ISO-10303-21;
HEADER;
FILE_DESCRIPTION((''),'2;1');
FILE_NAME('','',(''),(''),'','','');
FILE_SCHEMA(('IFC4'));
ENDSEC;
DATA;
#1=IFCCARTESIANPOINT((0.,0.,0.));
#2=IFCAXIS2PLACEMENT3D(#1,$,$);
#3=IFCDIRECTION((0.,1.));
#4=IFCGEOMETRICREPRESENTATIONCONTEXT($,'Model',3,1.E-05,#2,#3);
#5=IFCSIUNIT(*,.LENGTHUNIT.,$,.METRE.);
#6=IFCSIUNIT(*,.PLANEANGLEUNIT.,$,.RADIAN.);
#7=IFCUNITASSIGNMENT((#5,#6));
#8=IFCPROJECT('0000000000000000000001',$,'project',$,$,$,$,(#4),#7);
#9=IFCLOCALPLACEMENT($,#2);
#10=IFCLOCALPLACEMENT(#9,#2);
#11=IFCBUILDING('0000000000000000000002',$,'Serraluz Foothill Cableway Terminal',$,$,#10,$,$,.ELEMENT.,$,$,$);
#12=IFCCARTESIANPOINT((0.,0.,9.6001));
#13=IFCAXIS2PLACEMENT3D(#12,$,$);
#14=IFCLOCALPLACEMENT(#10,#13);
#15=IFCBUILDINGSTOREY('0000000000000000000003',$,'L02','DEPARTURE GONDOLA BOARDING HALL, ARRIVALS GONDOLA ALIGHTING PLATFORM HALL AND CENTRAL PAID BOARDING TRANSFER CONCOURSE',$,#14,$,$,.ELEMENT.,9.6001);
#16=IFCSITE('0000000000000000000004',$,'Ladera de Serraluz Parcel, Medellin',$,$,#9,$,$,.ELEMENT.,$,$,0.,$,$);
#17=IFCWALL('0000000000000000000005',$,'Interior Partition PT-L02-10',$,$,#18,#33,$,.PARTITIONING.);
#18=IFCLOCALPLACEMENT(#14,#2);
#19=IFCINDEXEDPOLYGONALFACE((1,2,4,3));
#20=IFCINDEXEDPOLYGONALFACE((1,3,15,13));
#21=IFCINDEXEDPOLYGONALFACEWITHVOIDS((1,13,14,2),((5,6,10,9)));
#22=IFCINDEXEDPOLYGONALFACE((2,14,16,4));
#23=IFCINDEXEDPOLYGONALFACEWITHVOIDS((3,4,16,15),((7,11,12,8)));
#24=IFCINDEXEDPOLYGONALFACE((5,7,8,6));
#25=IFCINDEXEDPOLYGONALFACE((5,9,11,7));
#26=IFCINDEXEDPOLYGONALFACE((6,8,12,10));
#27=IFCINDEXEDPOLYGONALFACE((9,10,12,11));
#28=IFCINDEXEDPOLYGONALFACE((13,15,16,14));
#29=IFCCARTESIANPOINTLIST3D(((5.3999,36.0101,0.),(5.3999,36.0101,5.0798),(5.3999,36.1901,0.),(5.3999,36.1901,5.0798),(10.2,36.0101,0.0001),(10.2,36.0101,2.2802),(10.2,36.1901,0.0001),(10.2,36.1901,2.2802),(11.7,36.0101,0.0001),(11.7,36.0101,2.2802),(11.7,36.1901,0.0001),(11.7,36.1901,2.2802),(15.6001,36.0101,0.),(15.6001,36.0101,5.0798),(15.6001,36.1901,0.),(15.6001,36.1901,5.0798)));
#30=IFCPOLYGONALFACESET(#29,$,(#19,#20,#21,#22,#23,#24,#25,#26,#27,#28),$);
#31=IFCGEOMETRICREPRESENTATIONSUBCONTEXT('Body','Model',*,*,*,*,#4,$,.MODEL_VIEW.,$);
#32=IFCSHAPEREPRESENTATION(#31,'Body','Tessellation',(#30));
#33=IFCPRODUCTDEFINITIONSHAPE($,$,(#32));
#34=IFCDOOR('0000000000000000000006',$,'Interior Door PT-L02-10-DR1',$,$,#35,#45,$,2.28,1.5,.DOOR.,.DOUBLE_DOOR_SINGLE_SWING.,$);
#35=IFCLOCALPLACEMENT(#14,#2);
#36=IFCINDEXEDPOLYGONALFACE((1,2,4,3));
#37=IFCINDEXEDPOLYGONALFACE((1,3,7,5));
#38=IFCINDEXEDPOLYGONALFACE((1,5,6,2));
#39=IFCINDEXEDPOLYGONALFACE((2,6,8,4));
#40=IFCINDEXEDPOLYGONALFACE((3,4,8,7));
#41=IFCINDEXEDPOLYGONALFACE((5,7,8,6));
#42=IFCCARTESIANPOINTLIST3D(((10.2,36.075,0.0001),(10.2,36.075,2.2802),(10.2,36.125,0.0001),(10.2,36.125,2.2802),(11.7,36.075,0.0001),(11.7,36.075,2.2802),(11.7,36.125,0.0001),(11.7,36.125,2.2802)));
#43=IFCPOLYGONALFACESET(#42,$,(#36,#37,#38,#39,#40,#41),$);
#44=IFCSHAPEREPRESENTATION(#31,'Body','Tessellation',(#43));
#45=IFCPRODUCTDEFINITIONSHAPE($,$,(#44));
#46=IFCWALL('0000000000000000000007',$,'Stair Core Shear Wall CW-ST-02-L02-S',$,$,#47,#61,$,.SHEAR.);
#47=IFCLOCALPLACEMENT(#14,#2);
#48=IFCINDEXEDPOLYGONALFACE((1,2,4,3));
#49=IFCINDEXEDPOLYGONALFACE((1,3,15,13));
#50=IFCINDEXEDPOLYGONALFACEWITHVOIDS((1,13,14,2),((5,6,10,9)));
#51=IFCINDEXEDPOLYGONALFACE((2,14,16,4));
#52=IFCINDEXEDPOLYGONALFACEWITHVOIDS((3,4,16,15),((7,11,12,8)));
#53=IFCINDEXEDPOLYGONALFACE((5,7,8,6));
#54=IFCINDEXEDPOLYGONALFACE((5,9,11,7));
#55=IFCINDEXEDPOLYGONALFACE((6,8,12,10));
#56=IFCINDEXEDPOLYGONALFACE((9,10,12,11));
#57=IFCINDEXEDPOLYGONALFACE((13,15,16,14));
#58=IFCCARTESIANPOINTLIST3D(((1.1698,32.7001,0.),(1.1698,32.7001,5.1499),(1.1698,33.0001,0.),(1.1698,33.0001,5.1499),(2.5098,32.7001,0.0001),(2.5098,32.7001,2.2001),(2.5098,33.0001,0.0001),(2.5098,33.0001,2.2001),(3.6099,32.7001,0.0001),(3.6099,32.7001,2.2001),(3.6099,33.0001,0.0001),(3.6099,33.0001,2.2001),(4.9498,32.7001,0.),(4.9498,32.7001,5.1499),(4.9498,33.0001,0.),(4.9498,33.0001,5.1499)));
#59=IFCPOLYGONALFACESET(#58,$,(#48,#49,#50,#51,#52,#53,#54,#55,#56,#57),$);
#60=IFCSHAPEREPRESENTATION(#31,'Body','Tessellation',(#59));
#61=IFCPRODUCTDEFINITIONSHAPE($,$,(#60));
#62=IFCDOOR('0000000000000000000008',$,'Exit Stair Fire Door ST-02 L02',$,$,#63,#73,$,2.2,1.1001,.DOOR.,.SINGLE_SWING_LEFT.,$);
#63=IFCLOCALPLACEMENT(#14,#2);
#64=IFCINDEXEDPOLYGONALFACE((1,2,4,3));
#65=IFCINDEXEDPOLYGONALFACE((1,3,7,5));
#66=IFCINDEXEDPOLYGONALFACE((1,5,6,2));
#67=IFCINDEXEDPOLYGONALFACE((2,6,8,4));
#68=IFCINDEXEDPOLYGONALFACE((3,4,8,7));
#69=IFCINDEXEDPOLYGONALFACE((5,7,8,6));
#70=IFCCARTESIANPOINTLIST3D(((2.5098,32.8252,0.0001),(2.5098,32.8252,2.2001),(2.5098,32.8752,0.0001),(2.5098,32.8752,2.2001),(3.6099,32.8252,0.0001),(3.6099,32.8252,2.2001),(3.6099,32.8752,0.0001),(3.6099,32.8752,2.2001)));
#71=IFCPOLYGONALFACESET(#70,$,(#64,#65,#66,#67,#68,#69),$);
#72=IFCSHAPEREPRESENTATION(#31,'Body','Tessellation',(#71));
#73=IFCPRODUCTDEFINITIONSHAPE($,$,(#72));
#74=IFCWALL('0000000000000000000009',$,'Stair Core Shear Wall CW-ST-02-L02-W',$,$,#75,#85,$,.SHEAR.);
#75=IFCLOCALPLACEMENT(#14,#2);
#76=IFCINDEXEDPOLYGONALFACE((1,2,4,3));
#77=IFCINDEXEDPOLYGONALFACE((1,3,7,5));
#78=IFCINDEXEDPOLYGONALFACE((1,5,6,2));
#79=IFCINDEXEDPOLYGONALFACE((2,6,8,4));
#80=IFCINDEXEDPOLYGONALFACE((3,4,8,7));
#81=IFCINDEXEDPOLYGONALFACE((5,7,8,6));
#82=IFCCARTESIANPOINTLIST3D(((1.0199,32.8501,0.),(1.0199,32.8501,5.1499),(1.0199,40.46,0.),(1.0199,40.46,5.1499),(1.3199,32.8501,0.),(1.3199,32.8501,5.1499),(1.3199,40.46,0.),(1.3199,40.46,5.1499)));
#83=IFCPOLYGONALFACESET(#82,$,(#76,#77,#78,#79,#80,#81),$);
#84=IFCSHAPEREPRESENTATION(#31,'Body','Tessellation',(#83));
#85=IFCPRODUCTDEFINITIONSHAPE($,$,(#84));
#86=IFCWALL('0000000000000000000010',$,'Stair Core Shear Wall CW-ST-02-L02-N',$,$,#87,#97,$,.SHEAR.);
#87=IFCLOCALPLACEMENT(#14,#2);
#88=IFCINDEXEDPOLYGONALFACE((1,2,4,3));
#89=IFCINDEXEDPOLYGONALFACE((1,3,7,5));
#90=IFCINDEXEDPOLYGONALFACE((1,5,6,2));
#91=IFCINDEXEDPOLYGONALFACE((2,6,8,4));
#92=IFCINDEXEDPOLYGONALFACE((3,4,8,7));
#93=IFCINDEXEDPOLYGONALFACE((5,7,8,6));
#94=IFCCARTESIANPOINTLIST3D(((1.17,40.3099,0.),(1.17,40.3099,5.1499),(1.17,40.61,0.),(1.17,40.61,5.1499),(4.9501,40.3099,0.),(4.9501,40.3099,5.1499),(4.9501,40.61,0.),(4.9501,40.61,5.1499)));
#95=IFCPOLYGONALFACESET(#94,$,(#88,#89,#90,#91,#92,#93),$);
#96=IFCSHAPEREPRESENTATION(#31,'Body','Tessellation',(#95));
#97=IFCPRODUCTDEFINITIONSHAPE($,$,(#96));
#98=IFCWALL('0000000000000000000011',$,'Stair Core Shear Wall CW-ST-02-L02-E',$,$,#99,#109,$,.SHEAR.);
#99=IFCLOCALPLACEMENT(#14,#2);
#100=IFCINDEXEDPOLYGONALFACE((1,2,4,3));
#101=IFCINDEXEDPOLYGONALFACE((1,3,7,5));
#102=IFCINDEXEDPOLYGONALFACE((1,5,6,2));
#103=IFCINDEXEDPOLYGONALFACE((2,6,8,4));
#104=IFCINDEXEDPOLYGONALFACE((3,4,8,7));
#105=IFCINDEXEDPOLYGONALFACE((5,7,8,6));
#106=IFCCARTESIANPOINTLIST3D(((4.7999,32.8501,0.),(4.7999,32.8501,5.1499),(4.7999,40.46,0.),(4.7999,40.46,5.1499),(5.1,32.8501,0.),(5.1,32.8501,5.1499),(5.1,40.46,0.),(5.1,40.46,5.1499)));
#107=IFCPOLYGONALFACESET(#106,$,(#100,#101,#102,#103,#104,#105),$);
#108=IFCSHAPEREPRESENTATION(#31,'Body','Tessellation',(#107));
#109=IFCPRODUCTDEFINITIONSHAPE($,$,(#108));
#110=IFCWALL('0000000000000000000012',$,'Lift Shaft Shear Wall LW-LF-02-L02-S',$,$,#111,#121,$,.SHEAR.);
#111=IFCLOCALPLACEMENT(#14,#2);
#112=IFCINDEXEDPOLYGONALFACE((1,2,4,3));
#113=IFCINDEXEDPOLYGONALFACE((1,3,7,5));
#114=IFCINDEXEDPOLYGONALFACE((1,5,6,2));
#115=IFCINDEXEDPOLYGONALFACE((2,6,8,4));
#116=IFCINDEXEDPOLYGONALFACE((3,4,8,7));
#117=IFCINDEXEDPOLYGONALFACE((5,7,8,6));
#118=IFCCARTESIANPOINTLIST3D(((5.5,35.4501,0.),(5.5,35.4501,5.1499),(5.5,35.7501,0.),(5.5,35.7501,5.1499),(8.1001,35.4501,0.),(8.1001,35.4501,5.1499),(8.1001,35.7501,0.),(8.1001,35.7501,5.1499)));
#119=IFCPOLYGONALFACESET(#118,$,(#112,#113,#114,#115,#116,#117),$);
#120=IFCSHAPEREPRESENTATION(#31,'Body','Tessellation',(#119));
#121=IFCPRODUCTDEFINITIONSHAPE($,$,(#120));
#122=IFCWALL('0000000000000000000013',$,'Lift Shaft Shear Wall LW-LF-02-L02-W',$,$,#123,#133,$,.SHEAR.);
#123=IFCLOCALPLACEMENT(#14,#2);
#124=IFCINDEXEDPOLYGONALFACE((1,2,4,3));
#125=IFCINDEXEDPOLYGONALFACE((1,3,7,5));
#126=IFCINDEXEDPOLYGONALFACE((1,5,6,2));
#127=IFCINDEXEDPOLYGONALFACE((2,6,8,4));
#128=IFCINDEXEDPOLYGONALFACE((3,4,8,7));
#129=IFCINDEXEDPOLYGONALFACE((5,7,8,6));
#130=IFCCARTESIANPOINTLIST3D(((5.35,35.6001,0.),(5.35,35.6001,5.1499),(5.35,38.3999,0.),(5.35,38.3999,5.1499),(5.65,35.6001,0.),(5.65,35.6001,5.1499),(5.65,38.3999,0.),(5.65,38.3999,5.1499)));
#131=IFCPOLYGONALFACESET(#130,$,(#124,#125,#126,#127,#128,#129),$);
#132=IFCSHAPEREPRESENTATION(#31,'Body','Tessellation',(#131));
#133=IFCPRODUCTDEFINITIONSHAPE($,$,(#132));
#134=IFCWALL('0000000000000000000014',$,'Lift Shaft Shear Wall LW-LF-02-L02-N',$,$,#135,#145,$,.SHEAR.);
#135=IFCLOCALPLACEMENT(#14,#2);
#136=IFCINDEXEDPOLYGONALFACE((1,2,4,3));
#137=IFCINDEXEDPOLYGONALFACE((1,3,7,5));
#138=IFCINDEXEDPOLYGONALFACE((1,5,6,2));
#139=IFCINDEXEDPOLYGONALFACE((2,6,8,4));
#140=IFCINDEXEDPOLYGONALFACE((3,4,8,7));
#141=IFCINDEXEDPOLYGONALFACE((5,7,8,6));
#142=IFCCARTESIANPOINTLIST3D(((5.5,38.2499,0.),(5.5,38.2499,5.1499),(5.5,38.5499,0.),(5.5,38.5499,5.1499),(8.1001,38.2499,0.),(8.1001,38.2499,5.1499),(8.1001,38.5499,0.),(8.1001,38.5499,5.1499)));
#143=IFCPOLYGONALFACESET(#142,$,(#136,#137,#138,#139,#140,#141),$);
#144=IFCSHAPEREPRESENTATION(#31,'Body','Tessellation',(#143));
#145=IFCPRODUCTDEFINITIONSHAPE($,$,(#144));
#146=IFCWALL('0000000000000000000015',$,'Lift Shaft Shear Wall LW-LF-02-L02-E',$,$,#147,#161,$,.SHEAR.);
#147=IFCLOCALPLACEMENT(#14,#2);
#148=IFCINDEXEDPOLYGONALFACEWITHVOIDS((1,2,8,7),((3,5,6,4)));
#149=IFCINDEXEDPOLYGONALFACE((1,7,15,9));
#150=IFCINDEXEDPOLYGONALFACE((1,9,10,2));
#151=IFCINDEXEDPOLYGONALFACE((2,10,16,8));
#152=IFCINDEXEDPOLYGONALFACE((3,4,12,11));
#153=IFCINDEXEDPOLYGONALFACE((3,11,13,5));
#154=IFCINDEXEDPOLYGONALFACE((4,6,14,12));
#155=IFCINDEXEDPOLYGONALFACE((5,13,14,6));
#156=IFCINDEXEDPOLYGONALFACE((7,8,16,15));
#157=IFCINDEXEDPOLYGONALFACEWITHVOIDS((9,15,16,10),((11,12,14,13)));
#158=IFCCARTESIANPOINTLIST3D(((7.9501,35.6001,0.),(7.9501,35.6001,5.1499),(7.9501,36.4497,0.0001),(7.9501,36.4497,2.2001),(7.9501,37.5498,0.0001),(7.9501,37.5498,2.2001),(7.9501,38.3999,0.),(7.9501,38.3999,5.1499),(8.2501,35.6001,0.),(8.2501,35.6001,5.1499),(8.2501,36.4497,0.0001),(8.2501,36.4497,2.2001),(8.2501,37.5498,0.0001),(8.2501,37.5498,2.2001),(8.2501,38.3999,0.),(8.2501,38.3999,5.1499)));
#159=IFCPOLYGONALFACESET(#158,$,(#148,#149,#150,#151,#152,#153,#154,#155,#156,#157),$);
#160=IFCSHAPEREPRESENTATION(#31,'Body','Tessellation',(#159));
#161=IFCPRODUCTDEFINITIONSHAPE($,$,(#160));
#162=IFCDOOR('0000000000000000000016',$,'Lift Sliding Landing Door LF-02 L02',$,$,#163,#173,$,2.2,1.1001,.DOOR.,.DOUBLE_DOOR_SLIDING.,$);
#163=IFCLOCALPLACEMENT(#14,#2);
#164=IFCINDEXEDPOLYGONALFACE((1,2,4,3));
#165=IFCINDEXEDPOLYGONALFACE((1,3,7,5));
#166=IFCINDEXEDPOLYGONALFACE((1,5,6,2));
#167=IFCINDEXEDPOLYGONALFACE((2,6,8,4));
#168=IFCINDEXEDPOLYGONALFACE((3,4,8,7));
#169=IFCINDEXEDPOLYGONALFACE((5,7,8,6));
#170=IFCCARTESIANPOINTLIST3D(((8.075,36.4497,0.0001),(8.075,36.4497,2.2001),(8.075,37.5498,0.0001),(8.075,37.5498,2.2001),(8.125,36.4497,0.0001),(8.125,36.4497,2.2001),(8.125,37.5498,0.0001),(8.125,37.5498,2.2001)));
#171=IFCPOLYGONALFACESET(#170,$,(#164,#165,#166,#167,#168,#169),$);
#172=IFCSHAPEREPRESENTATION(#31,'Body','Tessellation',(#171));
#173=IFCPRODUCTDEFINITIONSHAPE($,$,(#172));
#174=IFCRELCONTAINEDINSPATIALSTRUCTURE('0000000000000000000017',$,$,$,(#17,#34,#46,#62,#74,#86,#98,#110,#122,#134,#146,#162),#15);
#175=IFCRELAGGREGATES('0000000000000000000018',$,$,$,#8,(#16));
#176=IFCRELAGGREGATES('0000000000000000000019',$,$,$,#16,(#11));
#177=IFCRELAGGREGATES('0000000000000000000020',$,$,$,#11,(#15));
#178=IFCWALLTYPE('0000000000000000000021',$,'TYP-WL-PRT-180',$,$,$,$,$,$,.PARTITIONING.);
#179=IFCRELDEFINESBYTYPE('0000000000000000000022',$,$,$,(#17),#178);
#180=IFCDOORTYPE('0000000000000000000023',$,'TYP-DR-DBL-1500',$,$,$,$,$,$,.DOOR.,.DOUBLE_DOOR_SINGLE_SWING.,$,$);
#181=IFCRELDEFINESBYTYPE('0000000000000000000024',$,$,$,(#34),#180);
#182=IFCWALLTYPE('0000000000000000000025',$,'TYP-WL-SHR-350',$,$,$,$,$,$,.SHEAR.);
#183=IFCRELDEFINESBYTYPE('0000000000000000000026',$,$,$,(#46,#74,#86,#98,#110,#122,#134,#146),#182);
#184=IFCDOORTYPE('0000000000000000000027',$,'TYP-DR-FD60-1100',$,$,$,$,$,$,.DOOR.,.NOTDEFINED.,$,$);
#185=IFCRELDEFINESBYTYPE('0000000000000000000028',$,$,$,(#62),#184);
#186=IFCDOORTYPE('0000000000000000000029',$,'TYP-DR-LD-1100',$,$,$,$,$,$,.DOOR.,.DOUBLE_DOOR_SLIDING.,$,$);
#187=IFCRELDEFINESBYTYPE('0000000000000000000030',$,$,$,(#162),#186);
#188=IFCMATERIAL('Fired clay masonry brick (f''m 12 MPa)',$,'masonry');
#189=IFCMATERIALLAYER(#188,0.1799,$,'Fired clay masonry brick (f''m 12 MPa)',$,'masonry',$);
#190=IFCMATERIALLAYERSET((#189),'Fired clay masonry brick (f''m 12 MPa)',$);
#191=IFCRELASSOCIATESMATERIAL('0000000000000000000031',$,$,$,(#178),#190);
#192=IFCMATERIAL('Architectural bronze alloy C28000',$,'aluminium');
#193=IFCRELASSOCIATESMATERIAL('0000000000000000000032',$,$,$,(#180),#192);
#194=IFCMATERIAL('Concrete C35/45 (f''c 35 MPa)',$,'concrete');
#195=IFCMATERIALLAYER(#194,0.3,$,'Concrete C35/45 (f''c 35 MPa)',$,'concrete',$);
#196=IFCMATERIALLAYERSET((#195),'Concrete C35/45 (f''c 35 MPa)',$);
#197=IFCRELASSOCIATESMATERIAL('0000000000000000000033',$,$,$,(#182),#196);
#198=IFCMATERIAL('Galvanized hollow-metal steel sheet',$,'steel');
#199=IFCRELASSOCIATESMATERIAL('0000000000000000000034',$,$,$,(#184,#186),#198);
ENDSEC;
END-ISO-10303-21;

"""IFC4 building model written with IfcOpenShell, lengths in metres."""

from ifc_helpers import new_model, si_unit, direction, frame, frame_2d, origin, place, context, subcontext, project, spatial, rectangle, extrude, material, layer, layer_set, type_object, element, fill, save


model = new_model("IFC4")

# Units and contexts
model_context = context("Model", 3, precision=1e-05, world=origin(), true_north=direction((0.0, 1.0)))
body_context = subcontext(model_context, "Body", "Model", "MODEL_VIEW")
ifc_project = project(units=[si_unit("LENGTHUNIT", "METRE"), si_unit("PLANEANGLEUNIT", "RADIAN")], contexts=[model_context])

# Site, building, storey
site_placement = place(None, origin())
site = spatial("IfcSite", under=ifc_project, at=site_placement, Name="Ladera de Serraluz Parcel, Medellin", CompositionType="ELEMENT", RefElevation=0.0)
building_placement = place(site_placement, origin())
building = spatial("IfcBuilding", under=site, at=building_placement, Name="Serraluz Foothill Cableway Terminal", CompositionType="ELEMENT")
storey_placement = place(building_placement, frame((0.0, 0.0, 9.6001)))
storey = spatial("IfcBuildingStorey", under=building, at=storey_placement, Name="L02", Description="DEPARTURE GONDOLA BOARDING HALL, ARRIVALS GONDOLA ALIGHTING PLATFORM HALL AND CENTRAL PAID BOARDING TRANSFER CONCOURSE", CompositionType="ELEMENT", Elevation=9.6001)

# Shared definitions
ifc_material_1 = material(Name="Architectural bronze alloy C28000", Category="aluminium")

# Walls, openings, doors
ifc_material_2 = material(Name="Fired clay masonry brick (f'm 12 MPa)", Category="masonry")
ifc_layer_1 = layer(ifc_material_2, 0.1799, Name="Fired clay masonry brick (f'm 12 MPa)", Category="masonry")
ifc_layer_set_1 = layer_set([ifc_layer_1], Name="Fired clay masonry brick (f'm 12 MPa)")
wall_type_1 = type_object("IfcWallType", Name="TYP-WL-PRT-180", PredefinedType="PARTITIONING", material=ifc_layer_set_1)
wall_1_placement = place(storey_placement, frame((5.3999, 36.1001, 0.0), z_axis=(0.0, 0.0, 1.0), x_axis=(1.0, 0.0, 0.0)))
wall_1 = element("IfcWall", 1, at=wall_1_placement, inside=storey, type_object=wall_type_1, Name="Interior Partition PT-L02-10", PredefinedType="PARTITIONING", context=body_context, shape_type="SweptSolid", body=[
    extrude(rectangle(XDim=10.2002, YDim=0.1799, at=frame_2d((5.1001, 0.0))), origin(), (0.0, 0.0, 1.0), 5.0798),
])
opening_1_placement = place(wall_1_placement, frame((4.8, 0.0, 0.0)))
opening_1 = element("IfcOpeningElement", 2, at=opening_1_placement, cuts=wall_1, PredefinedType="OPENING", context=body_context, shape_type="SweptSolid", body=[
    extrude(rectangle(XDim=1.5, YDim=2.28, at=frame_2d((0.75, 1.1401))), frame((0.0, 0.1001, 0.0), z_axis=(0.0, -1.0, 0.0), x_axis=(1.0, 0.0, 0.0)), (0.0, 0.0, 1.0), 0.2),
])
door_type_1 = type_object("IfcDoorType", Name="TYP-DR-DBL-1500", OperationType="DOUBLE_DOOR_SINGLE_SWING", PredefinedType="DOOR", material=ifc_material_1)
door_1_placement = place(opening_1_placement, origin())
door_1 = element("IfcDoor", 3, at=door_1_placement, inside=storey, type_object=door_type_1, Name="Interior Door PT-L02-10-DR1", OperationType="DOUBLE_DOOR_SINGLE_SWING", OverallHeight=2.28, OverallWidth=1.5, PredefinedType="DOOR", context=body_context, shape_type="SweptSolid", body=[
    extrude(rectangle(XDim=1.5, YDim=2.28, at=frame_2d((0.75, 1.1401))), frame((0.0, 0.0249, 0.0), z_axis=(0.0, -1.0, 0.0), x_axis=(1.0, 0.0, 0.0)), (0.0, 0.0, 1.0), 0.05),
])
fill(opening_1, door_1)
ifc_material_3 = material(Name="Concrete C35/45 (f'c 35 MPa)", Category="concrete")
ifc_layer_2 = layer(ifc_material_3, 0.3, Name="Concrete C35/45 (f'c 35 MPa)", Category="concrete")
ifc_layer_set_2 = layer_set([ifc_layer_2], Name="Concrete C35/45 (f'c 35 MPa)")
wall_type_2 = type_object("IfcWallType", Name="TYP-WL-SHR-350", PredefinedType="SHEAR", material=ifc_layer_set_2)
wall_2_placement = place(storey_placement, frame((4.95, 32.8501, 0.0), z_axis=(0.0, 0.0, 1.0), x_axis=(-1.0, 0.0, 0.0)))
wall_2 = element("IfcWall", 4, at=wall_2_placement, inside=storey, type_object=wall_type_2, Name="Stair Core Shear Wall CW-ST-02-L02-S", PredefinedType="SHEAR", context=body_context, shape_type="SweptSolid", body=[
    extrude(rectangle(XDim=3.78, YDim=0.3, at=frame_2d((1.8901, 0.0))), origin(), (0.0, 0.0, 1.0), 5.1499),
])
opening_2_placement = place(wall_2_placement, frame((1.3401, 0.0, 0.0)))
opening_2 = element("IfcOpeningElement", 5, at=opening_2_placement, cuts=wall_2, PredefinedType="OPENING", context=body_context, shape_type="SweptSolid", body=[
    extrude(rectangle(XDim=1.1001, YDim=2.2, at=frame_2d((0.55, 1.1001))), frame((0.0, 0.1602, 0.0), z_axis=(0.0, -1.0, 0.0), x_axis=(1.0, 0.0, 0.0)), (0.0, 0.0, 1.0), 0.3201),
])
ifc_material_4 = material(Name="Galvanized hollow-metal steel sheet", Category="steel")
door_type_2 = type_object("IfcDoorType", Name="TYP-DR-FD60-1100", OperationType="NOTDEFINED", PredefinedType="DOOR", material=ifc_material_4)
door_2_placement = place(opening_2_placement, origin())
door_2 = element("IfcDoor", 6, at=door_2_placement, inside=storey, type_object=door_type_2, Name="Exit Stair Fire Door ST-02 L02", OperationType="SINGLE_SWING_LEFT", OverallHeight=2.2, OverallWidth=1.1001, PredefinedType="DOOR", context=body_context, shape_type="SweptSolid", body=[
    extrude(rectangle(XDim=1.1001, YDim=2.2, at=frame_2d((0.55, 1.1001))), frame((0.0, 0.0249, 0.0), z_axis=(0.0, -1.0, 0.0), x_axis=(1.0, 0.0, 0.0)), (0.0, 0.0, 1.0), 0.05),
])
fill(opening_2, door_2)

# Walls
wall_3_placement = place(storey_placement, frame((1.1699, 32.8501, 0.0), z_axis=(0.0, 0.0, 1.0), x_axis=(0.0, 1.0, 0.0)))
element("IfcWall", 7, at=wall_3_placement, inside=storey, type_object=wall_type_2, Name="Stair Core Shear Wall CW-ST-02-L02-W", PredefinedType="SHEAR", context=body_context, shape_type="SweptSolid", body=[
    extrude(rectangle(XDim=7.6099, YDim=0.3, at=frame_2d((3.8049, 0.0))), origin(), (0.0, 0.0, 1.0), 5.1499),
])
wall_4_placement = place(storey_placement, frame((1.1699, 40.46, 0.0), z_axis=(0.0, 0.0, 1.0), x_axis=(1.0, 0.0, 0.0)))
element("IfcWall", 8, at=wall_4_placement, inside=storey, type_object=wall_type_2, Name="Stair Core Shear Wall CW-ST-02-L02-N", PredefinedType="SHEAR", context=body_context, shape_type="SweptSolid", body=[
    extrude(rectangle(XDim=3.78, YDim=0.3, at=frame_2d((1.8901, 0.0))), origin(), (0.0, 0.0, 1.0), 5.1499),
])
wall_5_placement = place(storey_placement, frame((4.95, 40.46, 0.0), z_axis=(0.0, 0.0, 1.0), x_axis=(0.0, -1.0, 0.0)))
element("IfcWall", 9, at=wall_5_placement, inside=storey, type_object=wall_type_2, Name="Stair Core Shear Wall CW-ST-02-L02-E", PredefinedType="SHEAR", context=body_context, shape_type="SweptSolid", body=[
    extrude(rectangle(XDim=7.6099, YDim=0.3, at=frame_2d((3.8049, 0.0))), origin(), (0.0, 0.0, 1.0), 5.1499),
])
wall_6_placement = place(storey_placement, frame((8.1001, 35.6001, 0.0), z_axis=(0.0, 0.0, 1.0), x_axis=(-1.0, 0.0, 0.0)))
element("IfcWall", 10, at=wall_6_placement, inside=storey, type_object=wall_type_2, Name="Lift Shaft Shear Wall LW-LF-02-L02-S", PredefinedType="SHEAR", context=body_context, shape_type="SweptSolid", body=[
    extrude(rectangle(XDim=2.6001, YDim=0.3, at=frame_2d((1.3, 0.0))), origin(), (0.0, 0.0, 1.0), 5.1499),
])
wall_7_placement = place(storey_placement, frame((5.5, 35.6001, 0.0), z_axis=(0.0, 0.0, 1.0), x_axis=(0.0, 1.0, 0.0)))
element("IfcWall", 11, at=wall_7_placement, inside=storey, type_object=wall_type_2, Name="Lift Shaft Shear Wall LW-LF-02-L02-W", PredefinedType="SHEAR", context=body_context, shape_type="SweptSolid", body=[
    extrude(rectangle(XDim=2.7998, YDim=0.3, at=frame_2d((1.3999, 0.0))), origin(), (0.0, 0.0, 1.0), 5.1499),
])
wall_8_placement = place(storey_placement, frame((5.5, 38.3999, 0.0), z_axis=(0.0, 0.0, 1.0), x_axis=(1.0, 0.0, 0.0)))
element("IfcWall", 12, at=wall_8_placement, inside=storey, type_object=wall_type_2, Name="Lift Shaft Shear Wall LW-LF-02-L02-N", PredefinedType="SHEAR", context=body_context, shape_type="SweptSolid", body=[
    extrude(rectangle(XDim=2.6001, YDim=0.3, at=frame_2d((1.3, 0.0))), origin(), (0.0, 0.0, 1.0), 5.1499),
])

# Wall, opening, door
wall_9_placement = place(storey_placement, frame((8.1001, 38.3999, 0.0), z_axis=(0.0, 0.0, 1.0), x_axis=(0.0, -1.0, 0.0)))
wall_9 = element("IfcWall", 13, at=wall_9_placement, inside=storey, type_object=wall_type_2, Name="Lift Shaft Shear Wall LW-LF-02-L02-E", PredefinedType="SHEAR", context=body_context, shape_type="SweptSolid", body=[
    extrude(rectangle(XDim=2.7998, YDim=0.3, at=frame_2d((1.3999, 0.0))), origin(), (0.0, 0.0, 1.0), 5.1499),
])
opening_3_placement = place(wall_9_placement, frame((0.8501, 0.0, 0.0)))
opening_3 = element("IfcOpeningElement", 14, at=opening_3_placement, cuts=wall_9, PredefinedType="OPENING", context=body_context, shape_type="SweptSolid", body=[
    extrude(rectangle(XDim=1.1001, YDim=2.2, at=frame_2d((0.55, 1.1001))), frame((0.0, 0.1602, 0.0), z_axis=(0.0, -1.0, 0.0), x_axis=(1.0, 0.0, 0.0)), (0.0, 0.0, 1.0), 0.3201),
])
door_type_3 = type_object("IfcDoorType", Name="TYP-DR-LD-1100", OperationType="DOUBLE_DOOR_SLIDING", PredefinedType="DOOR", material=ifc_material_4)
door_3_placement = place(opening_3_placement, origin())
door_3 = element("IfcDoor", 15, at=door_3_placement, inside=storey, type_object=door_type_3, Name="Lift Sliding Landing Door LF-02 L02", OperationType="DOUBLE_DOOR_SLIDING", OverallHeight=2.2, OverallWidth=1.1001, PredefinedType="DOOR", context=body_context, shape_type="SweptSolid", body=[
    extrude(rectangle(XDim=1.1001, YDim=2.2, at=frame_2d((0.55, 1.1001))), frame((0.0, 0.0249, 0.0), z_axis=(0.0, -1.0, 0.0), x_axis=(1.0, 0.0, 0.0)), (0.0, 0.0, 1.0), 0.05),
])
fill(opening_3, door_3)

save(model, "model.ifc")
